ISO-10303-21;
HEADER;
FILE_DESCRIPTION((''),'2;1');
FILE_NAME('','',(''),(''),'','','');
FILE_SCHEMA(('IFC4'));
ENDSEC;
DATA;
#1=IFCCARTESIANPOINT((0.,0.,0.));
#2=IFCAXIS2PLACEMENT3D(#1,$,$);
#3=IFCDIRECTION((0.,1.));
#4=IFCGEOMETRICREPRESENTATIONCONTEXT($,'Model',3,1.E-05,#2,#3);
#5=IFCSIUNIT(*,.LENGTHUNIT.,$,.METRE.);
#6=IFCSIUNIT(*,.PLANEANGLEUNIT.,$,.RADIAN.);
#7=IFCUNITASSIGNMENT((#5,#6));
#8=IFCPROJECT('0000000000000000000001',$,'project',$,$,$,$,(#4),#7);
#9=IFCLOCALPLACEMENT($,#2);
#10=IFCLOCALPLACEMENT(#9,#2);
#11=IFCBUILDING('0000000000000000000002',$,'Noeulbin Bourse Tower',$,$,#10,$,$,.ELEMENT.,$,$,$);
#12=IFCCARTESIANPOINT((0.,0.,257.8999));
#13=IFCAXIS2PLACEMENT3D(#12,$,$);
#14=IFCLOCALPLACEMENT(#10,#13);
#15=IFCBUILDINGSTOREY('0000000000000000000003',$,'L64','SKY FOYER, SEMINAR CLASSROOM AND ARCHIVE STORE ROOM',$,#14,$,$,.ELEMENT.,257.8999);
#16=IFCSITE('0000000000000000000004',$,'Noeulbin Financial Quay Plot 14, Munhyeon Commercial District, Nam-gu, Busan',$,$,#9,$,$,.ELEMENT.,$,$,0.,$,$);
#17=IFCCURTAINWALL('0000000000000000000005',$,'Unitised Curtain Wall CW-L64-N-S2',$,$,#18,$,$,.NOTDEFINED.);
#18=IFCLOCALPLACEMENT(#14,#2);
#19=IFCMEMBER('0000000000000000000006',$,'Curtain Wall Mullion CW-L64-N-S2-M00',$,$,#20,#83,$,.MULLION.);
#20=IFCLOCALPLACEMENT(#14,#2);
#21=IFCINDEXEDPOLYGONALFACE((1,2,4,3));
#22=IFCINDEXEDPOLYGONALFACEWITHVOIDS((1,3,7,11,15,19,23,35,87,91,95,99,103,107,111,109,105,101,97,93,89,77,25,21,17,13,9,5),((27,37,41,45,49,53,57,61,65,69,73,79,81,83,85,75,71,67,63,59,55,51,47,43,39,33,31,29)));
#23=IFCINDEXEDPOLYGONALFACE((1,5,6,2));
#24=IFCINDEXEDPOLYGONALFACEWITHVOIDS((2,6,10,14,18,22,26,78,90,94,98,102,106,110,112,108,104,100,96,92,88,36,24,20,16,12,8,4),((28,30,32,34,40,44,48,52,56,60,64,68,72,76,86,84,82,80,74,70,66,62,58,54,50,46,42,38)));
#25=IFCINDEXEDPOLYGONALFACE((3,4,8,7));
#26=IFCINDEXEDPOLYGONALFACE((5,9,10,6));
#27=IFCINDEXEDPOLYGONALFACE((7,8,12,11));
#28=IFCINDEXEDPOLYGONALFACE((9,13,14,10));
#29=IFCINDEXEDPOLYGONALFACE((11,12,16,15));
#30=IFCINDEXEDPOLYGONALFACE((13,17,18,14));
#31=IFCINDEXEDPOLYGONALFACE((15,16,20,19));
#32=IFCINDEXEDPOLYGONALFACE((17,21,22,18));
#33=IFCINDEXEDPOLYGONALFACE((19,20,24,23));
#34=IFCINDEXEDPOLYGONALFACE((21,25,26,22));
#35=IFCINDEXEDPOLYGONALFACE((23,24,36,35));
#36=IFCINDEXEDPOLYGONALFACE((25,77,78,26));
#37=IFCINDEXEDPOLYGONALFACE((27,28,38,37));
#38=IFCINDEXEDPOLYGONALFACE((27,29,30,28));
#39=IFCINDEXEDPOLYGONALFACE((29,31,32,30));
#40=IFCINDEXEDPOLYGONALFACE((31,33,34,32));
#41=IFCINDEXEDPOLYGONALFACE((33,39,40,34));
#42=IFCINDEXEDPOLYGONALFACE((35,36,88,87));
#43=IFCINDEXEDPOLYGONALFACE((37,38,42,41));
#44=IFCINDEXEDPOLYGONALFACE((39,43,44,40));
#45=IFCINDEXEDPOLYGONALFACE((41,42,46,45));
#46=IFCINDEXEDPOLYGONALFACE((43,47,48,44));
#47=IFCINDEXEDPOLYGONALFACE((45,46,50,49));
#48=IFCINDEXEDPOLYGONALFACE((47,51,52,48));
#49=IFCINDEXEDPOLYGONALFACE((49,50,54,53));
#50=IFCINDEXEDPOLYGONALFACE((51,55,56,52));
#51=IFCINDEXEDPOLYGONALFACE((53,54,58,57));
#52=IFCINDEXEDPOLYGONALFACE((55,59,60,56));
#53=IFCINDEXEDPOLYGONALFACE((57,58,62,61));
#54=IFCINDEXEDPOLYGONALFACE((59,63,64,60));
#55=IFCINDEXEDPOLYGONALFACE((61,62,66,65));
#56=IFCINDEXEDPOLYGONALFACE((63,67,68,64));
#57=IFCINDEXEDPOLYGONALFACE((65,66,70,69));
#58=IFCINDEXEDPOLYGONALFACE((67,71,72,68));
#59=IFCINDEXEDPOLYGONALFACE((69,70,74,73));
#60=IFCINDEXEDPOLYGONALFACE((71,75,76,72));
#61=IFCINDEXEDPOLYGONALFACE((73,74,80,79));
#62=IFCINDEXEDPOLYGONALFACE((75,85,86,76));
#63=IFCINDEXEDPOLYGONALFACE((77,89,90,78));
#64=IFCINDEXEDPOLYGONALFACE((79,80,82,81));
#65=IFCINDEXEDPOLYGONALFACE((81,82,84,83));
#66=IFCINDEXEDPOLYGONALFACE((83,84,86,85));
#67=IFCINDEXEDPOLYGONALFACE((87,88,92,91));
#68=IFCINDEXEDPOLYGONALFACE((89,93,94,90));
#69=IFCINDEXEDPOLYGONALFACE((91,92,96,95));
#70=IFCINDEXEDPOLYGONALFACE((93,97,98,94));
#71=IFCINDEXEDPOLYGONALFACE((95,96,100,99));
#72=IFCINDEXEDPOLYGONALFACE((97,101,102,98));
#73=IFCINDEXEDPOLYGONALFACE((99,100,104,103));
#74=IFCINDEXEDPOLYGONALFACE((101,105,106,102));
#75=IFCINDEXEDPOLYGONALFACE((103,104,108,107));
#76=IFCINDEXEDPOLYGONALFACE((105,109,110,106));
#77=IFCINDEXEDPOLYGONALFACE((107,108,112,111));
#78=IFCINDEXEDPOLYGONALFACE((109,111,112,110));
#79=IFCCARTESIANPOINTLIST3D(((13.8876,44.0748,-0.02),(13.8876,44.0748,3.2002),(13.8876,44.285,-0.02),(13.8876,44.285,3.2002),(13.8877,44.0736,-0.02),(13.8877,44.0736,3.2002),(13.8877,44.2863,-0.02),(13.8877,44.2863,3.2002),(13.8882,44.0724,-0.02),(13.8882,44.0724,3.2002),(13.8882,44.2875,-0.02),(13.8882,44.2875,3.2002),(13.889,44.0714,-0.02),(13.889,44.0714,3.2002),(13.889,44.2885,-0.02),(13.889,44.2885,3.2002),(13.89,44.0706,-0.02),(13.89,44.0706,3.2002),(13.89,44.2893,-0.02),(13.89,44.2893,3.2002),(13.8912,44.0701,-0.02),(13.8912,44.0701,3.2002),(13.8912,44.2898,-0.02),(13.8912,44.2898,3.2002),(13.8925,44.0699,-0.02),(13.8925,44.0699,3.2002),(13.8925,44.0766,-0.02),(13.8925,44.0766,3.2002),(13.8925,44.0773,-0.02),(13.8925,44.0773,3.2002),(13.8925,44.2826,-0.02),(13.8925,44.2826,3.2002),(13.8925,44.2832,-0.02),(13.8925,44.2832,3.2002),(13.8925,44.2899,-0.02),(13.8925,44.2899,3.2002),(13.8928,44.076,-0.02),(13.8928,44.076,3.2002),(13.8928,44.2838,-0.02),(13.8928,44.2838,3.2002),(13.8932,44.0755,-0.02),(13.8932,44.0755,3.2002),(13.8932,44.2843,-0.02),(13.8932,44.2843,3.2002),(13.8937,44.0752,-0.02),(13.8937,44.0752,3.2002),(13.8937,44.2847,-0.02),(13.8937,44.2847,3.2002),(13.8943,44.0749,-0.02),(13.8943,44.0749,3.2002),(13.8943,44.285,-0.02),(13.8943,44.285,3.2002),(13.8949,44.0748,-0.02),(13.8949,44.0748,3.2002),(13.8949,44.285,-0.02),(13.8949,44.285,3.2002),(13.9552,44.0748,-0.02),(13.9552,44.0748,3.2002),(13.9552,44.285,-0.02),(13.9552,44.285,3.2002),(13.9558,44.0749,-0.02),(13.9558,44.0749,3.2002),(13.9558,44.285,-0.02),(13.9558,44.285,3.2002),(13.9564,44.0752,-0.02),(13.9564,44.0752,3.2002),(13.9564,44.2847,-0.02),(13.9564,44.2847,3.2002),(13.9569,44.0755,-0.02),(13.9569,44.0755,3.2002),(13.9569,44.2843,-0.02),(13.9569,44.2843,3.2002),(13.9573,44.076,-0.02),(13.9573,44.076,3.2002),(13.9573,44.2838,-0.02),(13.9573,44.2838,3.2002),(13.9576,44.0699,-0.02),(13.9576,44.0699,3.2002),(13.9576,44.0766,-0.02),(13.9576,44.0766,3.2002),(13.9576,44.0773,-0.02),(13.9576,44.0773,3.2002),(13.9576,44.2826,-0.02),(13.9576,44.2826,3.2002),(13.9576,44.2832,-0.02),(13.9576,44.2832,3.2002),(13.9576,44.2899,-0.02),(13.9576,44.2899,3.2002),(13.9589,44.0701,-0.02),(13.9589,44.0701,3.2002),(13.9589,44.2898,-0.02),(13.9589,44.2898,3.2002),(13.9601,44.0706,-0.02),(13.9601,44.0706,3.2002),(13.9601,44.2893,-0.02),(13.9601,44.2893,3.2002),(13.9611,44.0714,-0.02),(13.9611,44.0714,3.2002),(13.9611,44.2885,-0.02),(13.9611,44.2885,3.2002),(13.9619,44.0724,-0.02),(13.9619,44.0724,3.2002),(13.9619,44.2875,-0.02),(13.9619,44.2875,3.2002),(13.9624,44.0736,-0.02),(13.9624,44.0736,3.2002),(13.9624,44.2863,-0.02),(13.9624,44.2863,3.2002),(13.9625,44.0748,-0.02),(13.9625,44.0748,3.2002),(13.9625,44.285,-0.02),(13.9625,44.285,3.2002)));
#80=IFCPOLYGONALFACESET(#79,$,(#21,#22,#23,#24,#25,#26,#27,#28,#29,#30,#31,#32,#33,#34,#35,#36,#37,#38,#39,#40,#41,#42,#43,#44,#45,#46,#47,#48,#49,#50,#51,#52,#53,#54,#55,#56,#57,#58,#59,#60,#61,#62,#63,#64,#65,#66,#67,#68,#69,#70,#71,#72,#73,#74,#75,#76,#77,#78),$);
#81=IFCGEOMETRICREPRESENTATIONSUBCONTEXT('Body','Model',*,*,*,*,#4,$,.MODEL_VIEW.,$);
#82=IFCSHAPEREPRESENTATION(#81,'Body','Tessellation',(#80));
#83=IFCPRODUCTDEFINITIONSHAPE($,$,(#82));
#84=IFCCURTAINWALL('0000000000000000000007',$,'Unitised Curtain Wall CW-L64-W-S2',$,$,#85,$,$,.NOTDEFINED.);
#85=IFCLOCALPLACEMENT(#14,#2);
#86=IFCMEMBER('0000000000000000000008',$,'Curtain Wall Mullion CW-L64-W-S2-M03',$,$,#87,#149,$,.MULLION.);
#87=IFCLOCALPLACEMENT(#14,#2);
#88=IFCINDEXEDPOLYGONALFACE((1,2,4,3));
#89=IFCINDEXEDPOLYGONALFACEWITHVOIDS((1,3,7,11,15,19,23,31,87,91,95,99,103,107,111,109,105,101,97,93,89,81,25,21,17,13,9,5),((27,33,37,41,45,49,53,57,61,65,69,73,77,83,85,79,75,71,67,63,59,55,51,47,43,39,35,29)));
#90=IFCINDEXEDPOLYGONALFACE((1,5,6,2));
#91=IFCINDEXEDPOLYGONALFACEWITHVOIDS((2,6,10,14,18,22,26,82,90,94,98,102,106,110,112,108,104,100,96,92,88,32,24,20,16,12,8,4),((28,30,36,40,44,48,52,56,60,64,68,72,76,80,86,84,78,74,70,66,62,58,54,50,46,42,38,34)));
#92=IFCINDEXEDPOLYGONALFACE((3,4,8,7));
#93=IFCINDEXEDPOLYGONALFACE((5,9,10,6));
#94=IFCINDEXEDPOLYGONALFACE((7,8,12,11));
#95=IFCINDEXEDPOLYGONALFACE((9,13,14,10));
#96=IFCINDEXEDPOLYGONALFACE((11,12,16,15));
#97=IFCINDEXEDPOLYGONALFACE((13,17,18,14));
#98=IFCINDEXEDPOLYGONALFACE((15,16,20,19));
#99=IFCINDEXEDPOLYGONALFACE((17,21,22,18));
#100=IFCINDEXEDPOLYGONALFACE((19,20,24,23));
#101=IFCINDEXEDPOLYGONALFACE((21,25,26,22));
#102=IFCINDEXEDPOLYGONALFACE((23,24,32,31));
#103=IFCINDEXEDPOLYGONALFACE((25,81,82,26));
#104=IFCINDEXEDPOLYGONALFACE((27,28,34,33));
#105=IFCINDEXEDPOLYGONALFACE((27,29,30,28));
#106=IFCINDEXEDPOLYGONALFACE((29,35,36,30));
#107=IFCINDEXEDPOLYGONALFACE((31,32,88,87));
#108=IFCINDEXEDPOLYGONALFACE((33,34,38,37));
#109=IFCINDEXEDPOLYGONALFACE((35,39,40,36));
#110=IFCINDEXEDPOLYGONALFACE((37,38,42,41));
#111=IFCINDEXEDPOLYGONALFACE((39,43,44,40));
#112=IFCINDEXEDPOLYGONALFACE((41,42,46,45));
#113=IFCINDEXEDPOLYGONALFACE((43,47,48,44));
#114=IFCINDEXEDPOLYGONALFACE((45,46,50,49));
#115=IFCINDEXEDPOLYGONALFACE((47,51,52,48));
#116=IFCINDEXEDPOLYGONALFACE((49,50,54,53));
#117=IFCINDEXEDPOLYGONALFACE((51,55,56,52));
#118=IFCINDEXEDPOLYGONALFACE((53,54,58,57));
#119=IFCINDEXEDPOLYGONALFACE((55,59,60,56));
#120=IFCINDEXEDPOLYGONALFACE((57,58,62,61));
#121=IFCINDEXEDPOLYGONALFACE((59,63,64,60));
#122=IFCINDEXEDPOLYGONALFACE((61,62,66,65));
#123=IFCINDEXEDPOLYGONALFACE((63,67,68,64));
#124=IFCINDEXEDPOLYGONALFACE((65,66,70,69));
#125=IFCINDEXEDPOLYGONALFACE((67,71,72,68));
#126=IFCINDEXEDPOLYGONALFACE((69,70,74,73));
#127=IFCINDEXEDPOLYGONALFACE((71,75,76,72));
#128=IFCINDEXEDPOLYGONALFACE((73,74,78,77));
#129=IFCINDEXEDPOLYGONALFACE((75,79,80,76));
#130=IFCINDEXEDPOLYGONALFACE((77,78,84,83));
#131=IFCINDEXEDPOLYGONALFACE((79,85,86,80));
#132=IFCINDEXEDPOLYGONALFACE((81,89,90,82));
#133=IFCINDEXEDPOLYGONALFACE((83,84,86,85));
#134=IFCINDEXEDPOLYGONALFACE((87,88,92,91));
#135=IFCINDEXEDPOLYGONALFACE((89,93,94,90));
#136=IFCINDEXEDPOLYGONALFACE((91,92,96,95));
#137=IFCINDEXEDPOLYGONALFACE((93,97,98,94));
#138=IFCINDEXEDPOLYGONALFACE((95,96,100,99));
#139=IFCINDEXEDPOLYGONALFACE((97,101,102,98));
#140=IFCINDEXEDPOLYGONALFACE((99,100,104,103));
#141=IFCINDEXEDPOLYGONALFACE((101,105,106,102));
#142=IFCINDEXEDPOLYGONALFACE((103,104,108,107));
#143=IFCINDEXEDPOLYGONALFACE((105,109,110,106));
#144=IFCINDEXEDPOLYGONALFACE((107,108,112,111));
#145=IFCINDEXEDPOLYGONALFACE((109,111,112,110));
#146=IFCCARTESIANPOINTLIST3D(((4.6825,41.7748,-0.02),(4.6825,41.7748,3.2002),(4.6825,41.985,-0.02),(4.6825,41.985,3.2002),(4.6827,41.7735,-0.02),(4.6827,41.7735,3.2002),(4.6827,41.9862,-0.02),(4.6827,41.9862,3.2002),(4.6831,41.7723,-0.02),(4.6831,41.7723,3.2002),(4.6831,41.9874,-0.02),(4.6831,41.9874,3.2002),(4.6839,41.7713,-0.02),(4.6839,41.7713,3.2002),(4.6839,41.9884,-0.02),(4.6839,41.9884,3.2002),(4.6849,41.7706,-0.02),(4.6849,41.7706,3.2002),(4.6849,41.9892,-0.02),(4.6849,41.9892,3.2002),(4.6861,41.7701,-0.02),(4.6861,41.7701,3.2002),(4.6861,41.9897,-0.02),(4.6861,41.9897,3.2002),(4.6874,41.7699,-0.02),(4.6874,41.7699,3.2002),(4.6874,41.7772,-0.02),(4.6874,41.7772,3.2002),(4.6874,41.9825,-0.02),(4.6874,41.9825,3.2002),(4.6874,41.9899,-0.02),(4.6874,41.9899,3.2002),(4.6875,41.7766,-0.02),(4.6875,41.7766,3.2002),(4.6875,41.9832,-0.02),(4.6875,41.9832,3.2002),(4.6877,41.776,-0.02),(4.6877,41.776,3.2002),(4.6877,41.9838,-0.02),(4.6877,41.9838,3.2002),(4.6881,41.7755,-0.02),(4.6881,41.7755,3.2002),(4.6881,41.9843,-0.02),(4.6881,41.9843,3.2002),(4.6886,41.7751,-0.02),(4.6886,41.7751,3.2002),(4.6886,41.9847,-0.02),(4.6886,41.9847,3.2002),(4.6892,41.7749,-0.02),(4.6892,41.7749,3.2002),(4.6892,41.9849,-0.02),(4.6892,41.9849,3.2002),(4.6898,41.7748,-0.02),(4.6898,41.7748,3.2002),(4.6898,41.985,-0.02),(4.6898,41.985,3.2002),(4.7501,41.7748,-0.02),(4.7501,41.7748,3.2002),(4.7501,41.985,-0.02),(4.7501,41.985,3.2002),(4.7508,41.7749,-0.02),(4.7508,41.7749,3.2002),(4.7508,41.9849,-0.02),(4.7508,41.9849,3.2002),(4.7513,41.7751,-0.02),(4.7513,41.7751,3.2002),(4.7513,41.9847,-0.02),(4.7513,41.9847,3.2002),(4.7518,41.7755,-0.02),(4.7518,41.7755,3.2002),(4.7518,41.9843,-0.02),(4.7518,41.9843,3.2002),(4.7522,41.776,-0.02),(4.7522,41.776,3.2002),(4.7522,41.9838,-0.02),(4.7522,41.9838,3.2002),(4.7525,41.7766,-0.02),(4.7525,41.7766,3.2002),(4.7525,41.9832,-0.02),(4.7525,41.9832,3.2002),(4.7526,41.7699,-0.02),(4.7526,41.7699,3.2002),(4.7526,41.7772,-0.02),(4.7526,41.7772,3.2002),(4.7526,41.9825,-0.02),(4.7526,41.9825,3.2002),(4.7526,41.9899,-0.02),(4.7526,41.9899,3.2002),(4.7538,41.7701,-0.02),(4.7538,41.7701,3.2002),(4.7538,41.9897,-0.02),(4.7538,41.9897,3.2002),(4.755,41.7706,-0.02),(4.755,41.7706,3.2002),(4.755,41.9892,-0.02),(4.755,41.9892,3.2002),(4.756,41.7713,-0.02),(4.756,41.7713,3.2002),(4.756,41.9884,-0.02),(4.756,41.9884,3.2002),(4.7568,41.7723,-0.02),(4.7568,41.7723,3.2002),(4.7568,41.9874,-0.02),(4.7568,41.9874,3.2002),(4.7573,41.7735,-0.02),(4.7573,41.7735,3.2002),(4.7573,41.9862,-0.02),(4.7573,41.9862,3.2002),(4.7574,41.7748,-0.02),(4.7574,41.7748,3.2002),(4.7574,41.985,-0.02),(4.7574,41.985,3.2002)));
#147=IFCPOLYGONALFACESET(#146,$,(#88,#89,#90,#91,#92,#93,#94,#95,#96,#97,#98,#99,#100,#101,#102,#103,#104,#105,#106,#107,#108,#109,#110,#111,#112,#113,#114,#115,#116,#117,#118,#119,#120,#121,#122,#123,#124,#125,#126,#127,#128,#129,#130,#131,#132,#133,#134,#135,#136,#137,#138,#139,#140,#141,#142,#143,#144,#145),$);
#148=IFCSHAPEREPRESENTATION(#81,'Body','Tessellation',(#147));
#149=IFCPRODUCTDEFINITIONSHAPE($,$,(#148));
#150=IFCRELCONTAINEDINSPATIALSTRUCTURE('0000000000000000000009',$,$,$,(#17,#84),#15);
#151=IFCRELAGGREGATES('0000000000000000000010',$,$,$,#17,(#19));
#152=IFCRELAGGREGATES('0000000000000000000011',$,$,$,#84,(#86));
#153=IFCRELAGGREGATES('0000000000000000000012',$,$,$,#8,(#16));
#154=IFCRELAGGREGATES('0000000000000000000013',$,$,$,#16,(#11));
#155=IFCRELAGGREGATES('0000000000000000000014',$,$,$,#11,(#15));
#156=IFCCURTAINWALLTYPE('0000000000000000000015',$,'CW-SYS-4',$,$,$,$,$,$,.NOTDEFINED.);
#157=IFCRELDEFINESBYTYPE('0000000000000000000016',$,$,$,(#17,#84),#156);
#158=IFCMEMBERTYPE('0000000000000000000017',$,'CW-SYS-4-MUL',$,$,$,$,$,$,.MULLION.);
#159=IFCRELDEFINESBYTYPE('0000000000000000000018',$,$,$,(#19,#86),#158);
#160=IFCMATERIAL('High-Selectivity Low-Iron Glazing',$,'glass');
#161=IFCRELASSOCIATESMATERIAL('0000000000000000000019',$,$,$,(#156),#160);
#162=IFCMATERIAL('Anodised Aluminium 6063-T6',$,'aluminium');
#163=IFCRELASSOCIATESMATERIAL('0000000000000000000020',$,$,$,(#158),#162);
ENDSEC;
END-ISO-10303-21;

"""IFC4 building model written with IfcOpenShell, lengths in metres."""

from ifc_helpers import new_model, si_unit, direction, frame, origin, origin_2d, place, context, subcontext, project, spatial, hollow_rectangle, extrude, material, material_profile, profile_set, type_object, element, aggregate, save


model = new_model("IFC4")

# Units and contexts
model_context = context("Model", 3, precision=1e-05, world=origin(), true_north=direction((0.0, 1.0)))
body_context = subcontext(model_context, "Body", "Model", "MODEL_VIEW")
ifc_project = project(units=[si_unit("LENGTHUNIT", "METRE"), si_unit("PLANEANGLEUNIT", "RADIAN")], contexts=[model_context])

# Site, building, storey
site_placement = place(None, origin())
site = spatial("IfcSite", under=ifc_project, at=site_placement, Name="Noeulbin Financial Quay Plot 14, Munhyeon Commercial District, Nam-gu, Busan", CompositionType="ELEMENT", RefElevation=0.0)
building_placement = place(site_placement, origin())
building = spatial("IfcBuilding", under=site, at=building_placement, Name="Noeulbin Bourse Tower", CompositionType="ELEMENT")
storey_placement = place(building_placement, frame((0.0, 0.0, 257.8999)))
storey = spatial("IfcBuildingStorey", under=building, at=storey_placement, Name="L64", Description="SKY FOYER, SEMINAR CLASSROOM AND ARCHIVE STORE ROOM", CompositionType="ELEMENT", Elevation=257.8999)

# Shared definitions
ifc_material_1 = material(Name="High-Selectivity Low-Iron Glazing", Category="glass")
curtain_wall_type = type_object("IfcCurtainWallType", Name="CW-SYS-4", PredefinedType="NOTDEFINED", material=ifc_material_1)
ifc_material_2 = material(Name="Anodised Aluminium 6063-T6", Category="aluminium")
ifc_material_profile_1 = material_profile(ifc_material_2, hollow_rectangle(XDim=0.075, YDim=0.22, WallThickness=0.0049, InnerFilletRadius=0.0024, OuterFilletRadius=0.0049, at=origin_2d()), Name="ALU-MULL-75x220x5", Category="LoadBearing")
ifc_profile_set_1 = profile_set([ifc_material_profile_1], Name="Anodised Aluminium 6063-T6")
member_type_1 = type_object("IfcMemberType", Name="CW-SYS-4-MUL", PredefinedType="MULLION", material=ifc_profile_set_1)

# Curtain walls, members
curtain_wall_1_placement = place(storey_placement, origin())
curtain_wall_1 = element("IfcCurtainWall", 1, at=curtain_wall_1_placement, inside=storey, type_object=curtain_wall_type, Name="Unitised Curtain Wall CW-L64-N-S2", PredefinedType="NOTDEFINED")
member_1_placement = place(storey_placement, frame((13.925, 44.1799, -0.02), z_axis=(0.0, 0.0, 1.0), x_axis=(1.0, 0.0, 0.0)))
member_1 = element("IfcMember", 2, at=member_1_placement, type_object=member_type_1, Name="Curtain Wall Mullion CW-L64-N-S2-M00", PredefinedType="MULLION", context=body_context, shape_type="SweptSolid", body=[
    extrude(hollow_rectangle(XDim=0.075, YDim=0.22, WallThickness=0.0049, InnerFilletRadius=0.0024, OuterFilletRadius=0.0049, at=origin_2d()), origin(), (0.0, 0.0, 1.0), 3.2202),
])
curtain_wall_2_placement = place(storey_placement, origin())
curtain_wall_2 = element("IfcCurtainWall", 3, at=curtain_wall_2_placement, inside=storey, type_object=curtain_wall_type, Name="Unitised Curtain Wall CW-L64-W-S2", PredefinedType="NOTDEFINED")
member_2_placement = place(storey_placement, frame((4.72, 41.8799, -0.02), z_axis=(0.0, 0.0, 1.0), x_axis=(1.0, 0.0, 0.0)))
member_2 = element("IfcMember", 4, at=member_2_placement, type_object=member_type_1, Name="Curtain Wall Mullion CW-L64-W-S2-M03", PredefinedType="MULLION", context=body_context, shape_type="SweptSolid", body=[
    extrude(hollow_rectangle(XDim=0.075, YDim=0.22, WallThickness=0.0049, InnerFilletRadius=0.0024, OuterFilletRadius=0.0049, at=origin_2d()), origin(), (0.0, 0.0, 1.0), 3.2202),
])

aggregate(curtain_wall_1, [member_1])

aggregate(curtain_wall_2, [member_2])

save(model, "model.ifc")
